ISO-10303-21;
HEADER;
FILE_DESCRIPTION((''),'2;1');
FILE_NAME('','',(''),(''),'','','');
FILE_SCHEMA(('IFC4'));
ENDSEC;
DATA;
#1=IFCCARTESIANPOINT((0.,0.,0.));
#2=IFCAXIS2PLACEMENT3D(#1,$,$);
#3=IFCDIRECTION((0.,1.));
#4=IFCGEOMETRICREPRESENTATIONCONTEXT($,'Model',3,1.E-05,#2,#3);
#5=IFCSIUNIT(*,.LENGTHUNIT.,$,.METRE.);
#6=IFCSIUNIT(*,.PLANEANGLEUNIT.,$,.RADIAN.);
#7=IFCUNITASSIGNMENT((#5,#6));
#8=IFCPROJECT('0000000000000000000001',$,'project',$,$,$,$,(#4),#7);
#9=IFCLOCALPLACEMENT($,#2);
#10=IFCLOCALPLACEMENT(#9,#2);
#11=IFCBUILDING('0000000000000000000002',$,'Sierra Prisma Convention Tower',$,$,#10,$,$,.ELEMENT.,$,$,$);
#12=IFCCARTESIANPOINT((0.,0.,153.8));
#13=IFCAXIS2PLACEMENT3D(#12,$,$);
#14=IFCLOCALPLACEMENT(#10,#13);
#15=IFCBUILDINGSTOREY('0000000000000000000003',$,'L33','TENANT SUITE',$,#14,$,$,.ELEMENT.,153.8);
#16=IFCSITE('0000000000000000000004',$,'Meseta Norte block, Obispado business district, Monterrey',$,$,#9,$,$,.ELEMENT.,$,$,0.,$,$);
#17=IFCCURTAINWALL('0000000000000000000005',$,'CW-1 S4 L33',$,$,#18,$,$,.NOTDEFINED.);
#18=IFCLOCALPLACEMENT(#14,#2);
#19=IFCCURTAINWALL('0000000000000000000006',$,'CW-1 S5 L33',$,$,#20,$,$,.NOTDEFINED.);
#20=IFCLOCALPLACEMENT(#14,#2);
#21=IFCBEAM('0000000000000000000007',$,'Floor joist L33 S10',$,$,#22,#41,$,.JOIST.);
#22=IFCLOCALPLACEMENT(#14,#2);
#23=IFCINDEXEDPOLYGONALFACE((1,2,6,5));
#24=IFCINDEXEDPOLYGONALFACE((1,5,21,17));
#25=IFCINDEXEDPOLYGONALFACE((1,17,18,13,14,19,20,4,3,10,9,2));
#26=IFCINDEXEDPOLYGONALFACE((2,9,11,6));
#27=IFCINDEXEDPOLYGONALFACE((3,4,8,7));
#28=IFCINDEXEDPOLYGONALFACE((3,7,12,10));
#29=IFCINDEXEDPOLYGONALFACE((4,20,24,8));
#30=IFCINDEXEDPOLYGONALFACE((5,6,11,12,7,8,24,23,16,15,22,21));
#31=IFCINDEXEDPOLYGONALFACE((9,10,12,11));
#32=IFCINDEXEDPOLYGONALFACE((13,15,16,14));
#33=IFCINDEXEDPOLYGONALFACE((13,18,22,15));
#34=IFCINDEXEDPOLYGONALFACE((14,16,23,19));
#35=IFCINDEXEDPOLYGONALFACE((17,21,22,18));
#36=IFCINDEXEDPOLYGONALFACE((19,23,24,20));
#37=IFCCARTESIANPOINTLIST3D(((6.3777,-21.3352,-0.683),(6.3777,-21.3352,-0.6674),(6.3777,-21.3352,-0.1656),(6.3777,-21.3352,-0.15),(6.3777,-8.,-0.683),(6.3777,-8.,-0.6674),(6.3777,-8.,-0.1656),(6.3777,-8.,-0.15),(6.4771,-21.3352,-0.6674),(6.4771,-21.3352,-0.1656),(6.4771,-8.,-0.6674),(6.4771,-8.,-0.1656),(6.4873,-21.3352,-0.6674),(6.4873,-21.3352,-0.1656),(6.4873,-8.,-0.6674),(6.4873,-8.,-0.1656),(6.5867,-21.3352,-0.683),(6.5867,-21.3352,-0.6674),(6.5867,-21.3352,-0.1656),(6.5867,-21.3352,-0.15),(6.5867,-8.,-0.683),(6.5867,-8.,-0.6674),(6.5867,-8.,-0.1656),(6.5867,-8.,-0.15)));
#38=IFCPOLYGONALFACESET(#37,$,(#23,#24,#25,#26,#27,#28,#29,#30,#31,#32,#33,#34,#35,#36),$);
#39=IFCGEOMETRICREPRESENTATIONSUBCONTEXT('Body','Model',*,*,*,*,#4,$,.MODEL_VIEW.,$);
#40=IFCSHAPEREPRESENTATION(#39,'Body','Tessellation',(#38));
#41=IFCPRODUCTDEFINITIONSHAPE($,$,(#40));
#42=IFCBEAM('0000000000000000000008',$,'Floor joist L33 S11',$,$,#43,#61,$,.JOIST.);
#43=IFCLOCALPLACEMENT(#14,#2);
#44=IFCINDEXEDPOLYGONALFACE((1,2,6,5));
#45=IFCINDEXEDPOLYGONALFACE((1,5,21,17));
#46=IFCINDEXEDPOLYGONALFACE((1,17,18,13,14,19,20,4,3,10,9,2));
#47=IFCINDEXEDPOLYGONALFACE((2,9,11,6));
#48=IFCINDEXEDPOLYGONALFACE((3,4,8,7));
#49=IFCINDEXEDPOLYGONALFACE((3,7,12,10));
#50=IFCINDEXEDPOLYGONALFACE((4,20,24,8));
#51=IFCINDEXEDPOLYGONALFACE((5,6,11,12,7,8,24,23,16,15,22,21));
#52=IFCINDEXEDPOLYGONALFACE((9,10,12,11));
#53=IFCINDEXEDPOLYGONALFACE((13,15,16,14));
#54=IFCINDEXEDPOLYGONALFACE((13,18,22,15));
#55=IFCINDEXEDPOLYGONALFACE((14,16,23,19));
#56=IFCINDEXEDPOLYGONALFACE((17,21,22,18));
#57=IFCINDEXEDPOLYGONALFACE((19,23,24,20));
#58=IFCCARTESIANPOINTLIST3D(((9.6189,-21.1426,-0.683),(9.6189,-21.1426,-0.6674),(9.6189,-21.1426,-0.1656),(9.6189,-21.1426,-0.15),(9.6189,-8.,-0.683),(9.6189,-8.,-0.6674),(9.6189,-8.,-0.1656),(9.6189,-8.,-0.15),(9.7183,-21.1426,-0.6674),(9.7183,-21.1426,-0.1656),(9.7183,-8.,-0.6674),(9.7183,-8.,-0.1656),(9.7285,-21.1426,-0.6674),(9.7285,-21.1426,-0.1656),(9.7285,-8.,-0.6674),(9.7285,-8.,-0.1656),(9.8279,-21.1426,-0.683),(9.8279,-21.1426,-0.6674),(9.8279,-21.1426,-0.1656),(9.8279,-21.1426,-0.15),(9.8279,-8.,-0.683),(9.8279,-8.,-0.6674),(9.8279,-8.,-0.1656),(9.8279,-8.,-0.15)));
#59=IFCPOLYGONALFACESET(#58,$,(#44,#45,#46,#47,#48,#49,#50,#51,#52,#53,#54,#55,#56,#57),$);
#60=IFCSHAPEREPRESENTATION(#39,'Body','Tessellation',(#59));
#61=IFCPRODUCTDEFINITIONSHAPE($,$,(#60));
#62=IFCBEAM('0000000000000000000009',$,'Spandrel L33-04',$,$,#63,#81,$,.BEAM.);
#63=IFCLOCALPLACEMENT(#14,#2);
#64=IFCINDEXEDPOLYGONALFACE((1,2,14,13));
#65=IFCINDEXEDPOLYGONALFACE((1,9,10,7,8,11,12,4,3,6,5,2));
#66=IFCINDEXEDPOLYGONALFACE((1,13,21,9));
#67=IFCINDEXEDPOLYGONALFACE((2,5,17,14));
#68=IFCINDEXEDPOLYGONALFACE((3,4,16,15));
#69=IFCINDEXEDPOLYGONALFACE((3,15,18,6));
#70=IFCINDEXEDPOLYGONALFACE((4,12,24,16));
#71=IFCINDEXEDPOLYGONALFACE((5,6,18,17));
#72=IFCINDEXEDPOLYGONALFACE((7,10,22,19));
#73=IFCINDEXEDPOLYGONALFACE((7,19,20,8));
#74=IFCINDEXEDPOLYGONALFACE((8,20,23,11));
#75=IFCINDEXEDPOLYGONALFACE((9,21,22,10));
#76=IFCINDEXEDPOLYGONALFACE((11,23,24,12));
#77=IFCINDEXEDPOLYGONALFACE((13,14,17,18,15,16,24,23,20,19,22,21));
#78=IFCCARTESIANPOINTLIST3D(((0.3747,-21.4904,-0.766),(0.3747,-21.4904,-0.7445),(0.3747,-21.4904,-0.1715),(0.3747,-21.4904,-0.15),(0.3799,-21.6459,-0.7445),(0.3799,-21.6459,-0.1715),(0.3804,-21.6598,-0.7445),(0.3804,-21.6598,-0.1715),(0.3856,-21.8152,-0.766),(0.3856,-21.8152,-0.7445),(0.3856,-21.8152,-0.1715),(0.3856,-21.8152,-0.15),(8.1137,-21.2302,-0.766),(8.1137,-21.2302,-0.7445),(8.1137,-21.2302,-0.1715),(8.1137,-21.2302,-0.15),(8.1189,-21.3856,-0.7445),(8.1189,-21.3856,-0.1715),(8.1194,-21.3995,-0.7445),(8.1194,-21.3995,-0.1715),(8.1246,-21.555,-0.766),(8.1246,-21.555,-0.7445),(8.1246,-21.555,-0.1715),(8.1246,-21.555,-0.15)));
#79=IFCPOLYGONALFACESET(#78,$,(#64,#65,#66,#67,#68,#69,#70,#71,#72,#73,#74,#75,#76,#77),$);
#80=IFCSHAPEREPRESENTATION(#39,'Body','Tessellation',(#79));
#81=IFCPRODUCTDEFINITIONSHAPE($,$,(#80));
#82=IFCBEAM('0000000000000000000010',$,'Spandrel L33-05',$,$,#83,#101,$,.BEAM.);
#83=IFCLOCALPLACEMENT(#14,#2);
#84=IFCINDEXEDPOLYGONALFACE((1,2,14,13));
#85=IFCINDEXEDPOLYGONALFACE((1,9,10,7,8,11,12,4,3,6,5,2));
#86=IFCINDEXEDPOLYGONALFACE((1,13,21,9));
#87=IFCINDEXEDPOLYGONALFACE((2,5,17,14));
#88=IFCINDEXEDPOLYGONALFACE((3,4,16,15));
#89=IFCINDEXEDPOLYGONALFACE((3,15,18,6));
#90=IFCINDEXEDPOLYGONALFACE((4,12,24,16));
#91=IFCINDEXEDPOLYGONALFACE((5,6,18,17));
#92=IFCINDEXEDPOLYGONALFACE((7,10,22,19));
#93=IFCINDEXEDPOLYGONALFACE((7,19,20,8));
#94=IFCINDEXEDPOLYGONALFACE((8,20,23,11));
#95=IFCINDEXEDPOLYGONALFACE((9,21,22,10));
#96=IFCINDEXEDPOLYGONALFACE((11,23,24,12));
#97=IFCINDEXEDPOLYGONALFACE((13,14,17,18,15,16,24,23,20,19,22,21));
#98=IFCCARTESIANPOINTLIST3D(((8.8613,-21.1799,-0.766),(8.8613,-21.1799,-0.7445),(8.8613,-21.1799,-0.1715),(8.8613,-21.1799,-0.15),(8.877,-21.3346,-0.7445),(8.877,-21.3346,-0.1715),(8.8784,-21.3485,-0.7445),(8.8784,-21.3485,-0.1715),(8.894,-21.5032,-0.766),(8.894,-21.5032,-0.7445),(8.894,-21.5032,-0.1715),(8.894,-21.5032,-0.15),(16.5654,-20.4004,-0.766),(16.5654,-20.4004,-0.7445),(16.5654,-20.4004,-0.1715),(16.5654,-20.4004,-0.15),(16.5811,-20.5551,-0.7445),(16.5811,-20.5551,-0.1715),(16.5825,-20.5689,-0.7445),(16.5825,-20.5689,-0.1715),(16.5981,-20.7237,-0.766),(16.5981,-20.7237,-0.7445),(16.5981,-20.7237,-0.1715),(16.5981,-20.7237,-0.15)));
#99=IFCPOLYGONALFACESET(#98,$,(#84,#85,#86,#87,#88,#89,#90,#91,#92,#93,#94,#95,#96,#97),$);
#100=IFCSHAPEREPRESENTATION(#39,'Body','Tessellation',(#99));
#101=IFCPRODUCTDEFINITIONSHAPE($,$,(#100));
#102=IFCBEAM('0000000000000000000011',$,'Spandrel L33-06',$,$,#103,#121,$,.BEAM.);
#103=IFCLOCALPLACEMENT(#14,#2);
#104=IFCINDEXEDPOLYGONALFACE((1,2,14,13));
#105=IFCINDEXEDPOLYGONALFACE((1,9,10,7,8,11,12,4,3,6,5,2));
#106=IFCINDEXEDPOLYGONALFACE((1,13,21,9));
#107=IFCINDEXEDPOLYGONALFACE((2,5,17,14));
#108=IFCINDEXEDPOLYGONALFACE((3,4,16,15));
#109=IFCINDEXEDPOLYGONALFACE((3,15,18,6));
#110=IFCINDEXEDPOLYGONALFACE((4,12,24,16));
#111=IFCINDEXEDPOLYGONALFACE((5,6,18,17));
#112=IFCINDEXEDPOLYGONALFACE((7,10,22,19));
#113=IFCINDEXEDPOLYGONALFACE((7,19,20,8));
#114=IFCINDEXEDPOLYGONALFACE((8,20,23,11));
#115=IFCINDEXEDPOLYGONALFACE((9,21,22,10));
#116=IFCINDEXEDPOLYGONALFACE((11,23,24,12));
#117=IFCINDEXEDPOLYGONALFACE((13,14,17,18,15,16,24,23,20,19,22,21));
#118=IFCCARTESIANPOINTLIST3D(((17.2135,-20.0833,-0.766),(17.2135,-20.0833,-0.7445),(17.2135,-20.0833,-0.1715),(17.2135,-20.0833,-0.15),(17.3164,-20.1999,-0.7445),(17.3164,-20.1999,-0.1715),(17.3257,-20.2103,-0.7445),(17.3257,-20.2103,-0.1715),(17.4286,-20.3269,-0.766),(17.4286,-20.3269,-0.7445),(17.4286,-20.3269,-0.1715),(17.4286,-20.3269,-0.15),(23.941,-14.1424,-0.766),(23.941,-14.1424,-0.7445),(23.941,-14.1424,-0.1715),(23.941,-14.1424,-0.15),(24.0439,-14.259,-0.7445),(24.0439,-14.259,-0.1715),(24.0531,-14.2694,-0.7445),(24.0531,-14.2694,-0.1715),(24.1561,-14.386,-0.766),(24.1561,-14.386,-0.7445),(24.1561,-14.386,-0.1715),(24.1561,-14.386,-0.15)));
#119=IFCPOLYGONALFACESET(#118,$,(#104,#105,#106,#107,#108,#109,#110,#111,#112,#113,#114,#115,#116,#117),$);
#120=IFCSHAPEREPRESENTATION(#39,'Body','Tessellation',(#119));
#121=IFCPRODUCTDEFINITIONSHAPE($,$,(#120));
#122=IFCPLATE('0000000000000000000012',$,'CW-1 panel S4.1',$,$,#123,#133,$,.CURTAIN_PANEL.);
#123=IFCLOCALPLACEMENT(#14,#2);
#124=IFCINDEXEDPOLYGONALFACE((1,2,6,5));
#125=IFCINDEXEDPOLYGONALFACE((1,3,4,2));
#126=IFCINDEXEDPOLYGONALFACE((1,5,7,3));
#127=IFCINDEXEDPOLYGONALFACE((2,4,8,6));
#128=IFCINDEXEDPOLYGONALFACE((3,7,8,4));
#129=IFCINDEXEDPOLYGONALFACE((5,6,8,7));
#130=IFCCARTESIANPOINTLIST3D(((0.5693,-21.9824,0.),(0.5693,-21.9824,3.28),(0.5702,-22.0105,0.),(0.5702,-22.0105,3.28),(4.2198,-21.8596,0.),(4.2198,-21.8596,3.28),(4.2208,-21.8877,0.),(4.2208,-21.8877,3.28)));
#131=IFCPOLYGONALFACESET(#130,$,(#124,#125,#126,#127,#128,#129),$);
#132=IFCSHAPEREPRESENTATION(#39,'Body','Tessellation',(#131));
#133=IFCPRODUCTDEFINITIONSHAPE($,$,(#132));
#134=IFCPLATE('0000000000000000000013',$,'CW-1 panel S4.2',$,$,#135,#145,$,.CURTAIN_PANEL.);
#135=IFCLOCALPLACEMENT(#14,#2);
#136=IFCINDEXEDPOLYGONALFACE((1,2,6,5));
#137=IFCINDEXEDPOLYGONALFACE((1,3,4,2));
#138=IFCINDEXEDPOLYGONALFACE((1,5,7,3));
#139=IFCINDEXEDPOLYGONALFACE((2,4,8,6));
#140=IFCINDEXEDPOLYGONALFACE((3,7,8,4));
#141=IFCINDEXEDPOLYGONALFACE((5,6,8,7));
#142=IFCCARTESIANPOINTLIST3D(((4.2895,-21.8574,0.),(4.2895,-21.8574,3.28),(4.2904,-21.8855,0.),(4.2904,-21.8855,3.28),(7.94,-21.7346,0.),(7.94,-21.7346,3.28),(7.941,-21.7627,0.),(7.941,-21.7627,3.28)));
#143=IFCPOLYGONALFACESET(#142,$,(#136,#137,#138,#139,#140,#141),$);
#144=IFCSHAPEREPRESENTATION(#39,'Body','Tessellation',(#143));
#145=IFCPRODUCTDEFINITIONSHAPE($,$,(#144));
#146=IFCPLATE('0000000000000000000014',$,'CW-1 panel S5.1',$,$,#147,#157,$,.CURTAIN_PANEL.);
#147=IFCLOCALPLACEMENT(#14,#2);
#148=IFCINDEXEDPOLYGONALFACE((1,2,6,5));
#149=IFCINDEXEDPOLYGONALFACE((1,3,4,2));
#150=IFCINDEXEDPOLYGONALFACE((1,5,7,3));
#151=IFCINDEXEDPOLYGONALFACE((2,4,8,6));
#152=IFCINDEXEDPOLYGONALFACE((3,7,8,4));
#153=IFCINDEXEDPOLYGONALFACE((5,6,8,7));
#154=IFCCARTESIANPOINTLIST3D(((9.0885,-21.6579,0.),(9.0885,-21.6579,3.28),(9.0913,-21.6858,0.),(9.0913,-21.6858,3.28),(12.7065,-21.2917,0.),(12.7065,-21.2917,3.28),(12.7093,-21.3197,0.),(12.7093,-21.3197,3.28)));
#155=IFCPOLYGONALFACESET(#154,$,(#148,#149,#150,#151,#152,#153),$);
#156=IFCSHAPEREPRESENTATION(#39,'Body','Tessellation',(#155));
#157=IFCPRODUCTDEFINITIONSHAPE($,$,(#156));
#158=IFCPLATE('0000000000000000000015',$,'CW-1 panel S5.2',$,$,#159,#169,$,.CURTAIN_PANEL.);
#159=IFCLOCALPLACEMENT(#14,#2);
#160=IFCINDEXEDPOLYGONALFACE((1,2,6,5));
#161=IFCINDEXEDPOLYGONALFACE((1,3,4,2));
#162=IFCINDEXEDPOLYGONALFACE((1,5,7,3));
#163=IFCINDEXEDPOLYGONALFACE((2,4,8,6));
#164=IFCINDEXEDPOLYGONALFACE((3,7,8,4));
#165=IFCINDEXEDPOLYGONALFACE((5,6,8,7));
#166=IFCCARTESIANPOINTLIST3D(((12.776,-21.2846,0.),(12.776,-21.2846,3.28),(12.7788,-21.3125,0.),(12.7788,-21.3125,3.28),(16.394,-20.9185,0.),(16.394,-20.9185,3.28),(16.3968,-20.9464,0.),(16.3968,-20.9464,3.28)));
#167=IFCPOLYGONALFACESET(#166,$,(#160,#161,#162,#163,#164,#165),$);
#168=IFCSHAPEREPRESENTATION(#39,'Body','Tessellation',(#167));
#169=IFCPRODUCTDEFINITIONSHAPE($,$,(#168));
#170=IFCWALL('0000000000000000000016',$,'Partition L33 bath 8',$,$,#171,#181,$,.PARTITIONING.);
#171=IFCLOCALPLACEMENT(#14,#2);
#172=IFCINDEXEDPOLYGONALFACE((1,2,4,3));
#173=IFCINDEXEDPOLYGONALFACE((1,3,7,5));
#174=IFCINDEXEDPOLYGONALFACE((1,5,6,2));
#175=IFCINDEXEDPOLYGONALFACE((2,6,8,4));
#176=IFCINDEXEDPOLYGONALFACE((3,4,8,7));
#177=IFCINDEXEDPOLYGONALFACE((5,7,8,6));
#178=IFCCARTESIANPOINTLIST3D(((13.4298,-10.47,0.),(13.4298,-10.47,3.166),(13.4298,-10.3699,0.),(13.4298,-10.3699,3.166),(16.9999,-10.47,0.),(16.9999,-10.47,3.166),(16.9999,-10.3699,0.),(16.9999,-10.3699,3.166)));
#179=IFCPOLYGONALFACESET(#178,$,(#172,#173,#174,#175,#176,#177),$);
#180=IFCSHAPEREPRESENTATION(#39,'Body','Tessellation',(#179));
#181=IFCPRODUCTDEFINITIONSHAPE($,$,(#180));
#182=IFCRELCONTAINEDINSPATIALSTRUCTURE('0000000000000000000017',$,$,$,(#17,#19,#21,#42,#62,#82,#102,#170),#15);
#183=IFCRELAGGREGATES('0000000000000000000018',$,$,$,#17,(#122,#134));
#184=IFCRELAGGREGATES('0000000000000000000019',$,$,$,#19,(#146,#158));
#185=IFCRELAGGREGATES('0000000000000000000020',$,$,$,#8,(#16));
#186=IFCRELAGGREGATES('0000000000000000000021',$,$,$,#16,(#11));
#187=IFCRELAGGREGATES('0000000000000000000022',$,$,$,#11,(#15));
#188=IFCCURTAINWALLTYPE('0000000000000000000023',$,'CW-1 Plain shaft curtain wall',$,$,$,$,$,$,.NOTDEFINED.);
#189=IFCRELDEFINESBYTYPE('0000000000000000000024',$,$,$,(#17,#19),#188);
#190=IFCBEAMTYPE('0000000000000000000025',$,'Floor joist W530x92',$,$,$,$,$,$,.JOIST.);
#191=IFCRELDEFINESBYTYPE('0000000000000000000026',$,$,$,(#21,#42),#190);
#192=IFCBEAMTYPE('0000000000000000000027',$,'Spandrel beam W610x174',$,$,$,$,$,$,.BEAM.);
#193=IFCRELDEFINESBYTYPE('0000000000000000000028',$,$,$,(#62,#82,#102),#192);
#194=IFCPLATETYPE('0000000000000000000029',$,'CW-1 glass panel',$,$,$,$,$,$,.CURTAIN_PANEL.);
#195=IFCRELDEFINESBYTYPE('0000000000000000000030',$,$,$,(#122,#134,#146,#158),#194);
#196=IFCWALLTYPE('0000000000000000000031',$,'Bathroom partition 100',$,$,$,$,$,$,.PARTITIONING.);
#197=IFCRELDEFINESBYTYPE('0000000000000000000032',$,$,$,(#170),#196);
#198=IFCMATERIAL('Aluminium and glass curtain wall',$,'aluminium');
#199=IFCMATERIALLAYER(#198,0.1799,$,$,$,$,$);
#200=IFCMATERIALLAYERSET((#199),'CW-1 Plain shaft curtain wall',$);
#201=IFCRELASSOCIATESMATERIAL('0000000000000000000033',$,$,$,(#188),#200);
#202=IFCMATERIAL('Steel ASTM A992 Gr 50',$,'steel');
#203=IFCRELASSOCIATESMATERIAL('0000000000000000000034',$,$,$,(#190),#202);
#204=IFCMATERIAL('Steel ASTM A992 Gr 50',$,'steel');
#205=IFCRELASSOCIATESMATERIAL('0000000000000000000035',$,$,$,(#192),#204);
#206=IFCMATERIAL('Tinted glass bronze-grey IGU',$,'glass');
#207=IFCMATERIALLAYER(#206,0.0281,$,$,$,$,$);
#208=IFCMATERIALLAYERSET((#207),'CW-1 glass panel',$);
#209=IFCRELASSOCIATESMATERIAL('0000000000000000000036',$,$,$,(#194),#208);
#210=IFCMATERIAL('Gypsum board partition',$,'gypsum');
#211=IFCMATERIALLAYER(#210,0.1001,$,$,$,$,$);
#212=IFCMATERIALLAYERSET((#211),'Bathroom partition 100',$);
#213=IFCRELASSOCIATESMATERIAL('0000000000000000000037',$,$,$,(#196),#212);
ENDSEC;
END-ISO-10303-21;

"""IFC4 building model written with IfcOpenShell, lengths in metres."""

from ifc_helpers import new_model, si_unit, direction, frame, frame_2d, origin, origin_2d, place, context, subcontext, project, spatial, rectangle, i_section, extrude, material, layer, layer_set, material_profile, profile_set, type_object, element, aggregate, save


model = new_model("IFC4")

# Units and contexts
model_context = context("Model", 3, precision=1e-05, world=origin(), true_north=direction((0.0, 1.0)))
body_context = subcontext(model_context, "Body", "Model", "MODEL_VIEW")
ifc_project = project(units=[si_unit("LENGTHUNIT", "METRE"), si_unit("PLANEANGLEUNIT", "RADIAN")], contexts=[model_context])

# Site, building, storey
site_placement = place(None, origin())
site = spatial("IfcSite", under=ifc_project, at=site_placement, Name="Meseta Norte block, Obispado business district, Monterrey", CompositionType="ELEMENT", RefElevation=0.0)
building_placement = place(site_placement, origin())
building = spatial("IfcBuilding", under=site, at=building_placement, Name="Sierra Prisma Convention Tower", CompositionType="ELEMENT")
storey_placement = place(building_placement, frame((0.0, 0.0, 153.8)))
storey = spatial("IfcBuildingStorey", under=building, at=storey_placement, Name="L33", Description="TENANT SUITE", CompositionType="ELEMENT", Elevation=153.8)

# Curtain walls
ifc_material_1 = material(Name="Aluminium and glass curtain wall", Category="aluminium")
ifc_layer_1 = layer(ifc_material_1, 0.1799)
ifc_layer_set_1 = layer_set([ifc_layer_1], Name="CW-1 Plain shaft curtain wall")
curtain_wall_type = type_object("IfcCurtainWallType", Name="CW-1 Plain shaft curtain wall", PredefinedType="NOTDEFINED", material=ifc_layer_set_1)
curtain_wall_1_placement = place(storey_placement, origin())
curtain_wall_1 = element("IfcCurtainWall", 1, at=curtain_wall_1_placement, inside=storey, type_object=curtain_wall_type, Name="CW-1 S4 L33", PredefinedType="NOTDEFINED")
curtain_wall_2_placement = place(storey_placement, origin())
curtain_wall_2 = element("IfcCurtainWall", 2, at=curtain_wall_2_placement, inside=storey, type_object=curtain_wall_type, Name="CW-1 S5 L33", PredefinedType="NOTDEFINED")

# Beams
ifc_material_2 = material(Name="Steel ASTM A992 Gr 50", Category="steel")
ifc_material_profile_1 = material_profile(ifc_material_2, i_section(OverallWidth=0.209, OverallDepth=0.533, WebThickness=0.0103, FlangeThickness=0.0156, at=origin_2d()), Name="W530x92")
ifc_profile_set_1 = profile_set([ifc_material_profile_1], Name="Steel ASTM A992 Gr 50")
beam_type_1 = type_object("IfcBeamType", Name="Floor joist W530x92", PredefinedType="JOIST", material=ifc_profile_set_1)
beam_1_placement = place(storey_placement, frame((6.4822, -21.3352, -0.4165), z_axis=(0.0, 1.0, 0.0), x_axis=(-1.0, 0.0, 0.0)))
element("IfcBeam", 3, at=beam_1_placement, inside=storey, type_object=beam_type_1, Name="Floor joist L33 S10", PredefinedType="JOIST", context=body_context, shape_type="SweptSolid", body=[
    extrude(i_section(OverallWidth=0.209, OverallDepth=0.533, WebThickness=0.0103, FlangeThickness=0.0156, at=origin_2d()), origin(), (0.0, 0.0, 1.0), 13.3352),
])
beam_2_placement = place(storey_placement, frame((9.7234, -21.1426, -0.4165), z_axis=(0.0, 1.0, 0.0), x_axis=(-1.0, 0.0, 0.0)))
element("IfcBeam", 4, at=beam_2_placement, inside=storey, type_object=beam_type_1, Name="Floor joist L33 S11", PredefinedType="JOIST", context=body_context, shape_type="SweptSolid", body=[
    extrude(i_section(OverallWidth=0.209, OverallDepth=0.533, WebThickness=0.0103, FlangeThickness=0.0156, at=origin_2d()), origin(), (0.0, 0.0, 1.0), 13.1426),
])
ifc_material_3 = material(Name="Steel ASTM A992 Gr 50", Category="steel")
ifc_material_profile_2 = material_profile(ifc_material_3, i_section(OverallWidth=0.325, OverallDepth=0.616, WebThickness=0.0139, FlangeThickness=0.0215, at=origin_2d()), Name="W610x174")
ifc_profile_set_2 = profile_set([ifc_material_profile_2], Name="Steel ASTM A992 Gr 50")
beam_type_2 = type_object("IfcBeamType", Name="Spandrel beam W610x174", PredefinedType="BEAM", material=ifc_profile_set_2)
for number, where, z_axis, x_axis, name in (
    (5, (0.3801, -21.6528, -0.458), (0.999435, 0.03361, 0.0), (-0.03361, 0.999435, 0.0), "Spandrel L33-04"),
    (6, (8.8777, -21.3416, -0.458), (0.99492, 0.100671, 0.0), (-0.100671, 0.99492, 0.0), "Spandrel L33-05"),
):
    element("IfcBeam", number, at=place(storey_placement, frame(where, z_axis=z_axis, x_axis=x_axis)), inside=storey, type_object=beam_type_2, Name=name, PredefinedType="BEAM", context=body_context, shape_type="SweptSolid", body=[
        extrude(i_section(OverallWidth=0.325, OverallDepth=0.616, WebThickness=0.0139, FlangeThickness=0.0215, at=origin_2d()), origin(), (0.0, 0.0, 1.0), 7.7434),
    ])
beam_3_placement = place(storey_placement, frame((17.321, -20.2051, -0.458), z_axis=(0.749569, 0.661926, 0.0), x_axis=(-0.661926, 0.749569, 0.0)))
element("IfcBeam", 7, at=beam_3_placement, inside=storey, type_object=beam_type_2, Name="Spandrel L33-06", PredefinedType="BEAM", context=body_context, shape_type="SweptSolid", body=[
    extrude(i_section(OverallWidth=0.325, OverallDepth=0.616, WebThickness=0.0139, FlangeThickness=0.0215, at=origin_2d()), origin(), (0.0, 0.0, 1.0), 8.9751),
])

# Plates
ifc_material_4 = material(Name="Tinted glass bronze-grey IGU", Category="glass")
ifc_layer_2 = layer(ifc_material_4, 0.0281)
ifc_layer_set_2 = layer_set([ifc_layer_2], Name="CW-1 glass panel")
plate_type = type_object("IfcPlateType", Name="CW-1 glass panel", PredefinedType="CURTAIN_PANEL", material=ifc_layer_set_2)
plate_1_placement = place(storey_placement, frame((2.395, -21.9351, 0.0), z_axis=(0.0, 0.0, 1.0), x_axis=(0.999435, 0.033609, 0.0)))
plate_1 = element("IfcPlate", 8, at=plate_1_placement, type_object=plate_type, Name="CW-1 panel S4.1", PredefinedType="CURTAIN_PANEL", context=body_context, shape_type="SweptSolid", body=[
    extrude(rectangle(XDim=3.6526, YDim=0.0281, at=origin_2d()), origin(), (0.0, 0.0, 1.0), 3.28),
])
plate_2_placement = place(storey_placement, frame((6.1152, -21.8101, 0.0), z_axis=(0.0, 0.0, 1.0), x_axis=(0.999435, 0.033609, 0.0)))
plate_2 = element("IfcPlate", 9, at=plate_2_placement, type_object=plate_type, Name="CW-1 panel S4.2", PredefinedType="CURTAIN_PANEL", context=body_context, shape_type="SweptSolid", body=[
    extrude(rectangle(XDim=3.6526, YDim=0.0281, at=origin_2d()), origin(), (0.0, 0.0, 1.0), 3.28),
])
aggregate(curtain_wall_1, [plate_1, plate_2])
plate_3_placement = place(storey_placement, frame((10.8989, -21.4888, 0.0), z_axis=(0.0, 0.0, 1.0), x_axis=(0.994919, 0.100676, 0.0)))
plate_3 = element("IfcPlate", 10, at=plate_3_placement, type_object=plate_type, Name="CW-1 panel S5.1", PredefinedType="CURTAIN_PANEL", context=body_context, shape_type="SweptSolid", body=[
    extrude(rectangle(XDim=3.6365, YDim=0.0281, at=origin_2d()), origin(), (0.0, 0.0, 1.0), 3.28),
])
plate_4_placement = place(storey_placement, frame((14.5864, -21.1155, 0.0), z_axis=(0.0, 0.0, 1.0), x_axis=(0.994919, 0.100676, 0.0)))
plate_4 = element("IfcPlate", 11, at=plate_4_placement, type_object=plate_type, Name="CW-1 panel S5.2", PredefinedType="CURTAIN_PANEL", context=body_context, shape_type="SweptSolid", body=[
    extrude(rectangle(XDim=3.6365, YDim=0.0281, at=origin_2d()), origin(), (0.0, 0.0, 1.0), 3.28),
])
aggregate(curtain_wall_2, [plate_3, plate_4])

# Wall
ifc_material_5 = material(Name="Gypsum board partition", Category="gypsum")
ifc_layer_3 = layer(ifc_material_5, 0.1001)
ifc_layer_set_3 = layer_set([ifc_layer_3], Name="Bathroom partition 100")
wall_type_1 = type_object("IfcWallType", Name="Bathroom partition 100", PredefinedType="PARTITIONING", material=ifc_layer_set_3)
wall_1_placement = place(storey_placement, frame((17.0, -10.4199, 0.0), z_axis=(0.0, 0.0, 1.0), x_axis=(-1.0, 0.0, 0.0)))
element("IfcWall", 12, at=wall_1_placement, inside=storey, type_object=wall_type_1, Name="Partition L33 bath 8", PredefinedType="PARTITIONING", context=body_context, shape_type="SweptSolid", body=[
    extrude(rectangle(XDim=3.5701, YDim=0.1001, at=frame_2d((1.7852, 0.0))), origin(), (0.0, 0.0, 1.0), 3.166),
])

save(model, "model.ifc")
